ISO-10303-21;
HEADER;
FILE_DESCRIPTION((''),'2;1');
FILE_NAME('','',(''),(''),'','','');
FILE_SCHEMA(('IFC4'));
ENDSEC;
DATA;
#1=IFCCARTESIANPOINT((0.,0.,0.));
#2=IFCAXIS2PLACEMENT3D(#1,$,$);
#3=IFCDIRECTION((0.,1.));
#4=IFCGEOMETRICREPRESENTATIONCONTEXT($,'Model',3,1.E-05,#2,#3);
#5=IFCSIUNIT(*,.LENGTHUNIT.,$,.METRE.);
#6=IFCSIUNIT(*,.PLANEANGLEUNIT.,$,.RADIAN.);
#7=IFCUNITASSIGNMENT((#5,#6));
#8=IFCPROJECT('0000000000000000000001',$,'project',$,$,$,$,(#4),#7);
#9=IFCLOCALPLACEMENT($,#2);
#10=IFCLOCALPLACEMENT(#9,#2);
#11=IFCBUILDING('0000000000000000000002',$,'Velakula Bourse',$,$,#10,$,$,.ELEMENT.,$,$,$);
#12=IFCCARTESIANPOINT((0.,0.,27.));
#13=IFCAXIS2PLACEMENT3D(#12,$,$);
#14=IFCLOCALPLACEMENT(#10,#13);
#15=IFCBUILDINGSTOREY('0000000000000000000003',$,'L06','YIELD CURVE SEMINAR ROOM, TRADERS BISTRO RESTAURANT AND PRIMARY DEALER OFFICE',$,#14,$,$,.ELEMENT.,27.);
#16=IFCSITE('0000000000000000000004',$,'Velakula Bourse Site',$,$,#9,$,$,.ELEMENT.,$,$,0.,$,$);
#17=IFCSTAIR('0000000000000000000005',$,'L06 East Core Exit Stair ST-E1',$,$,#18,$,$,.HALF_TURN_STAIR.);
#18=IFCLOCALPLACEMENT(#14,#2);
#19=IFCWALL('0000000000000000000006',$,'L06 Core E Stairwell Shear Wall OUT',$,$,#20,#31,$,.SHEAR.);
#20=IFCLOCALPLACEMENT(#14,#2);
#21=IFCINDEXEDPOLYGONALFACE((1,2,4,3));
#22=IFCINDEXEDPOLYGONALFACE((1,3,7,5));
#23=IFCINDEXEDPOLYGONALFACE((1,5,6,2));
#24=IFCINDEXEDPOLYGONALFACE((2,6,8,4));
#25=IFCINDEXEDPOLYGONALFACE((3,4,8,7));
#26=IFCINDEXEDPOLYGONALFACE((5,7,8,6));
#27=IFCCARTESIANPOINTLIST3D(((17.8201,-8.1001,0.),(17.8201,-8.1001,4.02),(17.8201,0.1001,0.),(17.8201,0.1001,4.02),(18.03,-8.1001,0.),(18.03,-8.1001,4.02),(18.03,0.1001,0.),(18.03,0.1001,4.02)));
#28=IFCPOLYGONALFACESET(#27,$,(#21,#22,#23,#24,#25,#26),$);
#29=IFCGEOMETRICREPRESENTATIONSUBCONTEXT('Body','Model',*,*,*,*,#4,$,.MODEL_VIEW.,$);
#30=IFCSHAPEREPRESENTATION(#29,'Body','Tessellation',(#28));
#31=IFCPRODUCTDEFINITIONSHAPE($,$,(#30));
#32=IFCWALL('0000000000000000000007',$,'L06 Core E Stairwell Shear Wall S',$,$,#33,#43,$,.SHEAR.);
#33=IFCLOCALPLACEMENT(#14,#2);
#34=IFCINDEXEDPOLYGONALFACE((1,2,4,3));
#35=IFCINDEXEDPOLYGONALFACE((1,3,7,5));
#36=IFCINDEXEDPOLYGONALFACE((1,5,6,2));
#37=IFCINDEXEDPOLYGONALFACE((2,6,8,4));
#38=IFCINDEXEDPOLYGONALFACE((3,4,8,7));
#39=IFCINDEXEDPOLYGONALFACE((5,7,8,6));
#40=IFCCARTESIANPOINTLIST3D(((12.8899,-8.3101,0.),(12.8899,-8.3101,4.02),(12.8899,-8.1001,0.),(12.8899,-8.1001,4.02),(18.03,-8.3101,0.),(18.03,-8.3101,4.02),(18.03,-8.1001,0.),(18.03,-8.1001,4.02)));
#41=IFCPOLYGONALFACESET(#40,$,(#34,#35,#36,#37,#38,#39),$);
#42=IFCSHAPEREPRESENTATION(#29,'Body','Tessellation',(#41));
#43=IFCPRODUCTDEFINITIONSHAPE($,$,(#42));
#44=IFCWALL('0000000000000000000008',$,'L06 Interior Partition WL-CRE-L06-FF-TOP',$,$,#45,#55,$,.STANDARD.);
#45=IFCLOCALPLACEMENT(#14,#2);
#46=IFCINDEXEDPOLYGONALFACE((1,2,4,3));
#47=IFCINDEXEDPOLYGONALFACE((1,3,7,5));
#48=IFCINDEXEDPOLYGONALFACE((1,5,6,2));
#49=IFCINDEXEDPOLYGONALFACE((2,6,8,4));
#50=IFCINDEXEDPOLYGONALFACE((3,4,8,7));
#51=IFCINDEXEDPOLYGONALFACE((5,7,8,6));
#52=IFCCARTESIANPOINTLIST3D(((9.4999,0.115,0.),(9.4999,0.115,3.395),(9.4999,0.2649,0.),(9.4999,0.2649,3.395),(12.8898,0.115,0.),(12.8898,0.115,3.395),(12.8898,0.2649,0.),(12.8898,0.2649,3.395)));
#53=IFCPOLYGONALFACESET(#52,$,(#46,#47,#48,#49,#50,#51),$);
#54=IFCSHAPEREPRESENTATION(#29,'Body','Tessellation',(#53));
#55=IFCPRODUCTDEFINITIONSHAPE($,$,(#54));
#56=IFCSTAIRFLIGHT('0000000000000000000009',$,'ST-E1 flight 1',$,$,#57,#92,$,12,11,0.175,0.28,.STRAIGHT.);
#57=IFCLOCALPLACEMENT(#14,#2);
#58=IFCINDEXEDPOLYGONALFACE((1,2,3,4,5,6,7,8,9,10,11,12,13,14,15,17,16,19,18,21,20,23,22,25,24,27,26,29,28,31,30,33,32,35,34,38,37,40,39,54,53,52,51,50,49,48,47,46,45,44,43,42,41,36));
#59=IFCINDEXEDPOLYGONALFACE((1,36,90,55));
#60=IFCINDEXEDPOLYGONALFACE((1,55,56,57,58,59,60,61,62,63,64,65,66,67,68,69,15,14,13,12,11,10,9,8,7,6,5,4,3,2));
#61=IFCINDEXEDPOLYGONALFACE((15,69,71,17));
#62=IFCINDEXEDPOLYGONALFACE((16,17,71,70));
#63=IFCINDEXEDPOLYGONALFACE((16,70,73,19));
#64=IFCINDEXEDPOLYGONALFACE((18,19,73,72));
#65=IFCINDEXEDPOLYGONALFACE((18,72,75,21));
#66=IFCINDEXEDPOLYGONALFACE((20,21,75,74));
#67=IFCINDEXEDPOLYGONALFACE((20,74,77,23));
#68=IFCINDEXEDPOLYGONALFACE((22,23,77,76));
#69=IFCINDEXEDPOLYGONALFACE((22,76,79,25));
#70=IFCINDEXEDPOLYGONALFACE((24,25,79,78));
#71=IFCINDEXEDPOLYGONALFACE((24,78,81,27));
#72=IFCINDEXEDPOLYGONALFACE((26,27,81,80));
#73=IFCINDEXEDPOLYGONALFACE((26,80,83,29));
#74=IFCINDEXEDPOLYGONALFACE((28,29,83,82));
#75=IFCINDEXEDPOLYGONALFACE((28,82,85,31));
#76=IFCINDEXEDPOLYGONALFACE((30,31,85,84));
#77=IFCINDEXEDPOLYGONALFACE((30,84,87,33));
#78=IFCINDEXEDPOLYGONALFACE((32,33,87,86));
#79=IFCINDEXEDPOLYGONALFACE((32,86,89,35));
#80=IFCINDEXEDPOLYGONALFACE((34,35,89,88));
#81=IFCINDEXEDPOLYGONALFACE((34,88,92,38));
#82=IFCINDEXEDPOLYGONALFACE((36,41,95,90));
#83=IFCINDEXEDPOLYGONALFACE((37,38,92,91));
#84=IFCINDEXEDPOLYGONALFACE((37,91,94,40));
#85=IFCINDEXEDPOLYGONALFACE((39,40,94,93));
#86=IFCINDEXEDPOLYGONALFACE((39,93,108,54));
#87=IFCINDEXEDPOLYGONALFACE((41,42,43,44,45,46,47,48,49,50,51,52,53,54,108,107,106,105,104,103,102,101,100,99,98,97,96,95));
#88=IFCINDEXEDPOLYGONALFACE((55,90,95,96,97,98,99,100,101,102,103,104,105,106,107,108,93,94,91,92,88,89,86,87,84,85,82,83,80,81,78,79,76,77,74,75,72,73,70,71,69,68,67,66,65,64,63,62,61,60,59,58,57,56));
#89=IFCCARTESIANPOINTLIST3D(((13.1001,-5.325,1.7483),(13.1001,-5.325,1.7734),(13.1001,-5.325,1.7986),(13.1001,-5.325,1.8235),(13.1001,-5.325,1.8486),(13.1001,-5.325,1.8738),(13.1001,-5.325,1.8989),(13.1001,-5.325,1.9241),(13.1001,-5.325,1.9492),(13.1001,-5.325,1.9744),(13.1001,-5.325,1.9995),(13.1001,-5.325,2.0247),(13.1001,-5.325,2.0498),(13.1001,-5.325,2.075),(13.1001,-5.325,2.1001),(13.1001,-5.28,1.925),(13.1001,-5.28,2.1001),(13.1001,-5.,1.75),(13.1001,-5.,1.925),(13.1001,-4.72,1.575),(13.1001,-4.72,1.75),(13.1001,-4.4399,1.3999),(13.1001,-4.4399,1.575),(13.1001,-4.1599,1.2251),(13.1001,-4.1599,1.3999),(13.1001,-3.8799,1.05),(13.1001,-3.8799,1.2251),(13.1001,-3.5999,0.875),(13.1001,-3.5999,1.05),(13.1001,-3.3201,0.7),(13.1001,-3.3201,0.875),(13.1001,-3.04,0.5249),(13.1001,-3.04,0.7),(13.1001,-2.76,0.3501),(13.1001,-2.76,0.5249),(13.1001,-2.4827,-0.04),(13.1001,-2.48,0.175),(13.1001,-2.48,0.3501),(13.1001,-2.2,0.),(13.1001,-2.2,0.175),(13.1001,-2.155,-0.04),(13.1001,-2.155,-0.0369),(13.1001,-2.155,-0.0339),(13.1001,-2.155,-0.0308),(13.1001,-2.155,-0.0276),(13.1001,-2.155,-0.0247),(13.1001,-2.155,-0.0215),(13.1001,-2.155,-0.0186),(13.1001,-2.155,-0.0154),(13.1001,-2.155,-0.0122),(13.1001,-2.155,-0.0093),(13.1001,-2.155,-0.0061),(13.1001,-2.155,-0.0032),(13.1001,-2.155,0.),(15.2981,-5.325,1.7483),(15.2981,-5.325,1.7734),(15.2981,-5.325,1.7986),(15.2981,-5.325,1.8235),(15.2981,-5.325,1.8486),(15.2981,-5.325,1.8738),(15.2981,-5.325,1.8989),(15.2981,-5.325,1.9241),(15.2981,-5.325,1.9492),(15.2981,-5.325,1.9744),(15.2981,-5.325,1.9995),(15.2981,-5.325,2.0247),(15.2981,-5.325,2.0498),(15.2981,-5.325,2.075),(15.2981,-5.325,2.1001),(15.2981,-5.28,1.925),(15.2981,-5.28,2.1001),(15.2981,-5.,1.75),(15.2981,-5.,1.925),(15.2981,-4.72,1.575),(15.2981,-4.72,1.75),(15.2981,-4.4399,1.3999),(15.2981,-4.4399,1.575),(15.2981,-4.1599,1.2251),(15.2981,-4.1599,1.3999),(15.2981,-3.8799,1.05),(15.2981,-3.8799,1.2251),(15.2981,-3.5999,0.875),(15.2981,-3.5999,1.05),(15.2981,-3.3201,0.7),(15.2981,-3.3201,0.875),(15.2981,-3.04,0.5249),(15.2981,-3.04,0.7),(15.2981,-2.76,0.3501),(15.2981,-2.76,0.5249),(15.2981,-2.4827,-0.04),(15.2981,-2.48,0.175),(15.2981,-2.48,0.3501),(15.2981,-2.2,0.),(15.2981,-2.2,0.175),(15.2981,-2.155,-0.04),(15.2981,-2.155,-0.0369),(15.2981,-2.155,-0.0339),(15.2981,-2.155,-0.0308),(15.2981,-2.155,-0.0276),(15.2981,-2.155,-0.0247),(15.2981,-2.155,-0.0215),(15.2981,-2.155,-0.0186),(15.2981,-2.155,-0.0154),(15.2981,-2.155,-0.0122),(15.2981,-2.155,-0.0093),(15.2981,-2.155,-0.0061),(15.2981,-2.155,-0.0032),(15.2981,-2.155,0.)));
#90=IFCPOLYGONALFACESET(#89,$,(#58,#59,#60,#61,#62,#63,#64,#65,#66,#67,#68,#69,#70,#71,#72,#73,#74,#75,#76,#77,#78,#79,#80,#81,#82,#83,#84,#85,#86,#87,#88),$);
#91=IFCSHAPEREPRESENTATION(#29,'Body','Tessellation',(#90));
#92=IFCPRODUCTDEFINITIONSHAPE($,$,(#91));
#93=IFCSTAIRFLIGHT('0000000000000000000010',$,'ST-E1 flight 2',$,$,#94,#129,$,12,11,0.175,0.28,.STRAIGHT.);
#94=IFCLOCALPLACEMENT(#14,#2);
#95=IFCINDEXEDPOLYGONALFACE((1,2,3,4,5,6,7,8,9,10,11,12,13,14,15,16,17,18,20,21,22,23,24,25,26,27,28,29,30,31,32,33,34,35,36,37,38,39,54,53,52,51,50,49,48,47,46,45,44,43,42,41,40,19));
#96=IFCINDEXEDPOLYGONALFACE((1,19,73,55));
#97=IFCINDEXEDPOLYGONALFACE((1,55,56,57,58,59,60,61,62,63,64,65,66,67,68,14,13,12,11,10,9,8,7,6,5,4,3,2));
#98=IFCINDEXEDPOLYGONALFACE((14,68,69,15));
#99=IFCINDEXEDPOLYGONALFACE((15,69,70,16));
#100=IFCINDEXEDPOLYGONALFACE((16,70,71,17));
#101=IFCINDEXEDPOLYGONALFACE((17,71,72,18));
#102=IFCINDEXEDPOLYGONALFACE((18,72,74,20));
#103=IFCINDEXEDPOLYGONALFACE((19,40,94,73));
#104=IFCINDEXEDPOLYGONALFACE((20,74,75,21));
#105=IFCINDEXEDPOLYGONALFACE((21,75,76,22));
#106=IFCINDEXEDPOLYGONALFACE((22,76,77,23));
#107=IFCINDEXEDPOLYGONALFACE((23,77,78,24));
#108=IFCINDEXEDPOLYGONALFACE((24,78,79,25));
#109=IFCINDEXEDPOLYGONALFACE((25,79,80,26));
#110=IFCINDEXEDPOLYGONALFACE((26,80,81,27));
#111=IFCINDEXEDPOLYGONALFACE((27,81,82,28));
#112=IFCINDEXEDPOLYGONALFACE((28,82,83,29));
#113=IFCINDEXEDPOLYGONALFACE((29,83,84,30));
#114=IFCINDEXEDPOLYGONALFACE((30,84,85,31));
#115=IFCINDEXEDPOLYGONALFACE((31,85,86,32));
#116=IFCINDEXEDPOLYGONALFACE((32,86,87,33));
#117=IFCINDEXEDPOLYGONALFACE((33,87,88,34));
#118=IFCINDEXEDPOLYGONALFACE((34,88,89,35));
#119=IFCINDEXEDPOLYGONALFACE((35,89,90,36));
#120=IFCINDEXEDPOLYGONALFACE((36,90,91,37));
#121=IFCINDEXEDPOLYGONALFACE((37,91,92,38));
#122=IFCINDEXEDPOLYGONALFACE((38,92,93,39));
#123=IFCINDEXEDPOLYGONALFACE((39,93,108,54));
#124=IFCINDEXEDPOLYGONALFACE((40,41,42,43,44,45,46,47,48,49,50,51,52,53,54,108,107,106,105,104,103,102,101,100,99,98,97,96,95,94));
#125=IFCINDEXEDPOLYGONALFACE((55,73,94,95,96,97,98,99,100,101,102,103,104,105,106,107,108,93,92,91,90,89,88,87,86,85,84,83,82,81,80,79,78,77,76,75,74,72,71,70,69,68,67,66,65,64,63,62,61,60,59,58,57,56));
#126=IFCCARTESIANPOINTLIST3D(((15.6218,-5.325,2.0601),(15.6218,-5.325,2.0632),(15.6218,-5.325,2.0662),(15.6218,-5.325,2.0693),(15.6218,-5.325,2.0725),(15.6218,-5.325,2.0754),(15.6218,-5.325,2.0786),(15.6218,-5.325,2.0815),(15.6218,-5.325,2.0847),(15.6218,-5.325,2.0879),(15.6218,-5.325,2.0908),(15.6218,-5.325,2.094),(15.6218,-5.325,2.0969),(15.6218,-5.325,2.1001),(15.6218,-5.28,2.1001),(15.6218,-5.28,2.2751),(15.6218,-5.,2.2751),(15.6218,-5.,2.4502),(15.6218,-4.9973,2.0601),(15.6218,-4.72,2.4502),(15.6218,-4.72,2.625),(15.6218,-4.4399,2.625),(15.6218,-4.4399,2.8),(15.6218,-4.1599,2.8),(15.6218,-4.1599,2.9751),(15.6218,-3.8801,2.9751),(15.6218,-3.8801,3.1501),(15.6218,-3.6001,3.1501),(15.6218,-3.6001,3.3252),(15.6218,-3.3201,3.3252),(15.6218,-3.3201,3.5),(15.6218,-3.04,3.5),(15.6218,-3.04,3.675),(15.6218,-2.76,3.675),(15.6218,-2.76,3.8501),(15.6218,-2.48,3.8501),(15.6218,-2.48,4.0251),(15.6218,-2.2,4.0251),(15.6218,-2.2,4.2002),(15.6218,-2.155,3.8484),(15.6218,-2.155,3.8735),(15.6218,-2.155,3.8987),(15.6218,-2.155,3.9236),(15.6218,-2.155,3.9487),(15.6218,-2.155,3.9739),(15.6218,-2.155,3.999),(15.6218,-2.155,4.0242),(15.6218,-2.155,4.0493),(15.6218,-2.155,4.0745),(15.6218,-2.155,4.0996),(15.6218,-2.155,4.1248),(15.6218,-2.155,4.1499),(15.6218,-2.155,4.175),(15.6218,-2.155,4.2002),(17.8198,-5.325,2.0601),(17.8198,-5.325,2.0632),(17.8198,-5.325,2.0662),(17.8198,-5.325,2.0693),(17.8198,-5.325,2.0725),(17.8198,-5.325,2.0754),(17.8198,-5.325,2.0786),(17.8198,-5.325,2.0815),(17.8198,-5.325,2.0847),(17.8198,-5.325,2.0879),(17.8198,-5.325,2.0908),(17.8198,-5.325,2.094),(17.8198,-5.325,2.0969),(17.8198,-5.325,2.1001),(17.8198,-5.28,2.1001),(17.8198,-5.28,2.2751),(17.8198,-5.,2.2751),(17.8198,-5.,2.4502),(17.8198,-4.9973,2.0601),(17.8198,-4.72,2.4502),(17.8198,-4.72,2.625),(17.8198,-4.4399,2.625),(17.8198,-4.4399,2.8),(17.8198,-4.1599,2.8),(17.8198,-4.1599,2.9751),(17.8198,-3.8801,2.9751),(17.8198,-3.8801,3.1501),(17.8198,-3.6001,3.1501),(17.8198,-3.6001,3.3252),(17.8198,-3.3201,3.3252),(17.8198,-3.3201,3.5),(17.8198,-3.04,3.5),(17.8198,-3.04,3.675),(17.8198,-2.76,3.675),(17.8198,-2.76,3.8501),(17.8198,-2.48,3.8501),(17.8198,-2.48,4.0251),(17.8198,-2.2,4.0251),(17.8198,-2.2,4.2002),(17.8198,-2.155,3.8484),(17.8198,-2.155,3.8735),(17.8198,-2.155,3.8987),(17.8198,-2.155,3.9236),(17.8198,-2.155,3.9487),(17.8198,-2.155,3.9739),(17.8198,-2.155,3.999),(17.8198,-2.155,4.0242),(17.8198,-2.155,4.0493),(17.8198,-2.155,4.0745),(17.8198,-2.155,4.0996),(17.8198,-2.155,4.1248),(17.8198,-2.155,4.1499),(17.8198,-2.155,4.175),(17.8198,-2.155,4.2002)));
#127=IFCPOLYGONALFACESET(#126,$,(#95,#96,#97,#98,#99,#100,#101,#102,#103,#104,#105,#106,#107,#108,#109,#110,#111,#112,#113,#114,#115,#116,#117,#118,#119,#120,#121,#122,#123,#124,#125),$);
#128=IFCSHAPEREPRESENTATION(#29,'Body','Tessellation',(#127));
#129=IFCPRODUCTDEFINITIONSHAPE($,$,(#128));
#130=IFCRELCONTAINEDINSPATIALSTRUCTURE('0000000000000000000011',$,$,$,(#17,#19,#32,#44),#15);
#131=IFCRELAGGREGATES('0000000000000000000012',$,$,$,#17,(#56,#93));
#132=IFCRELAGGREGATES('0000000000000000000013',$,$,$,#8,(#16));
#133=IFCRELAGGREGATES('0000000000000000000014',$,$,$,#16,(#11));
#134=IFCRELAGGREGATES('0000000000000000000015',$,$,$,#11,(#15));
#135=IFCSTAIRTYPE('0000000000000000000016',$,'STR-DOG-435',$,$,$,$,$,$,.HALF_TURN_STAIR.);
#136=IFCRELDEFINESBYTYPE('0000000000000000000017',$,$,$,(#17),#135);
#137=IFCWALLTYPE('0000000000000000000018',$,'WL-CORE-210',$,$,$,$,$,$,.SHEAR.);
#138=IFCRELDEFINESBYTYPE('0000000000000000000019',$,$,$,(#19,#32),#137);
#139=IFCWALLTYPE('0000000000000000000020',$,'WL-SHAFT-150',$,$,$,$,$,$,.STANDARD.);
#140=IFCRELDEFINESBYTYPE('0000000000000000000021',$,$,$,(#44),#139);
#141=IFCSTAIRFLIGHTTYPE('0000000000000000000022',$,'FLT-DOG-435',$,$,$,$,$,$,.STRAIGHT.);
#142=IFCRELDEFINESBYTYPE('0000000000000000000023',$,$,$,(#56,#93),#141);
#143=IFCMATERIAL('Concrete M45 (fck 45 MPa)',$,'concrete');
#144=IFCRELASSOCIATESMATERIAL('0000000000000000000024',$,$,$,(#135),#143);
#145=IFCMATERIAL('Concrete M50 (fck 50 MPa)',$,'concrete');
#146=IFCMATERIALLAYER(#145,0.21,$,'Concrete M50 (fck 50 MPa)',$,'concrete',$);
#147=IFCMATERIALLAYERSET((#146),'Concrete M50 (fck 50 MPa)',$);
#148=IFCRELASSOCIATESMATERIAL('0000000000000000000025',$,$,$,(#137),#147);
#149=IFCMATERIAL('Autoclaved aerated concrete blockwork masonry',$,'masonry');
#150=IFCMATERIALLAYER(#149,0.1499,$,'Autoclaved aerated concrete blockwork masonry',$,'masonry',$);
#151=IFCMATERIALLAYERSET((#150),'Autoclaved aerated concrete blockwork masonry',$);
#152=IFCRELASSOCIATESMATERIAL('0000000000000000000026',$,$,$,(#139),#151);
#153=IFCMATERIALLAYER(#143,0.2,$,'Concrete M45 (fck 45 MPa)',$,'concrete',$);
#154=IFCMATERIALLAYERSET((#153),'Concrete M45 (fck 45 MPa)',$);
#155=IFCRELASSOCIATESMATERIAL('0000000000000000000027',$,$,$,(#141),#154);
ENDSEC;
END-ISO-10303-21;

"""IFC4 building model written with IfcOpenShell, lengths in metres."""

from ifc_helpers import new_model, si_unit, direction, frame, frame_2d, origin, place, context, subcontext, project, spatial, polyline, rectangle, outline, extrude, material, layer, layer_set, type_object, element, aggregate, save


model = new_model("IFC4")

# Units and contexts
model_context = context("Model", 3, precision=1e-05, world=origin(), true_north=direction((0.0, 1.0)))
body_context = subcontext(model_context, "Body", "Model", "MODEL_VIEW")
ifc_project = project(units=[si_unit("LENGTHUNIT", "METRE"), si_unit("PLANEANGLEUNIT", "RADIAN")], contexts=[model_context])

# Site, building, storey
site_placement = place(None, origin())
site = spatial("IfcSite", under=ifc_project, at=site_placement, Name="Velakula Bourse Site", CompositionType="ELEMENT", RefElevation=0.0)
building_placement = place(site_placement, origin())
building = spatial("IfcBuilding", under=site, at=building_placement, Name="Velakula Bourse", CompositionType="ELEMENT")
storey_placement = place(building_placement, frame((0.0, 0.0, 27.0)))
storey = spatial("IfcBuildingStorey", under=building, at=storey_placement, Name="L06", Description="YIELD CURVE SEMINAR ROOM, TRADERS BISTRO RESTAURANT AND PRIMARY DEALER OFFICE", CompositionType="ELEMENT", Elevation=27.0)

# Stair
ifc_material_1 = material(Name="Concrete M45 (fck 45 MPa)", Category="concrete")
stair_type = type_object("IfcStairType", Name="STR-DOG-435", PredefinedType="HALF_TURN_STAIR", material=ifc_material_1)
stair_1_placement = place(storey_placement, origin())
stair_1 = element("IfcStair", 1, at=stair_1_placement, inside=storey, type_object=stair_type, Name="L06 East Core Exit Stair ST-E1", PredefinedType="HALF_TURN_STAIR")

# Shared definitions
ifc_material_2 = material(Name="Concrete M50 (fck 50 MPa)", Category="concrete")

# Shared definitions
ifc_layer_1 = layer(ifc_material_2, 0.21, Name="Concrete M50 (fck 50 MPa)", Category="concrete")
ifc_layer_set_1 = layer_set([ifc_layer_1], Name="Concrete M50 (fck 50 MPa)")
wall_type_1 = type_object("IfcWallType", Name="WL-CORE-210", PredefinedType="SHEAR", material=ifc_layer_set_1)

# Walls
wall_1_placement = place(storey_placement, frame((17.925, -8.1001, 0.0), z_axis=(0.0, 0.0, 1.0), x_axis=(0.0, 1.0, 0.0)))
element("IfcWall", 2, at=wall_1_placement, inside=storey, type_object=wall_type_1, Name="L06 Core E Stairwell Shear Wall OUT", PredefinedType="SHEAR", context=body_context, shape_type="SweptSolid", body=[
    extrude(rectangle(XDim=8.2002, YDim=0.21, at=frame_2d((4.1001, 0.0))), origin(), (0.0, 0.0, 1.0), 4.02),
])
wall_2_placement = place(storey_placement, frame((12.8899, -8.2051, 0.0), z_axis=(0.0, 0.0, 1.0), x_axis=(1.0, 0.0, 0.0)))
element("IfcWall", 3, at=wall_2_placement, inside=storey, type_object=wall_type_1, Name="L06 Core E Stairwell Shear Wall S", PredefinedType="SHEAR", context=body_context, shape_type="SweptSolid", body=[
    extrude(rectangle(XDim=5.1401, YDim=0.21, at=frame_2d((2.5701, 0.0))), origin(), (0.0, 0.0, 1.0), 4.02),
])

# Shared definitions
ifc_material_3 = material(Name="Autoclaved aerated concrete blockwork masonry", Category="masonry")
ifc_layer_2 = layer(ifc_material_3, 0.1499, Name="Autoclaved aerated concrete blockwork masonry", Category="masonry")
ifc_layer_set_2 = layer_set([ifc_layer_2], Name="Autoclaved aerated concrete blockwork masonry")
wall_type_2 = type_object("IfcWallType", Name="WL-SHAFT-150", PredefinedType="STANDARD", material=ifc_layer_set_2)

# Wall
wall_3_placement = place(storey_placement, frame((9.5, 0.1899, 0.0), z_axis=(0.0, 0.0, 1.0), x_axis=(1.0, 0.0, 0.0)))
element("IfcWall", 4, at=wall_3_placement, inside=storey, type_object=wall_type_2, Name="L06 Interior Partition WL-CRE-L06-FF-TOP", PredefinedType="STANDARD", context=body_context, shape_type="SweptSolid", body=[
    extrude(rectangle(XDim=3.3899, YDim=0.1499, at=frame_2d((1.6948, 0.0))), origin(), (0.0, 0.0, 1.0), 3.395),
])

# Stair flights
ifc_layer_3 = layer(ifc_material_1, 0.2, Name="Concrete M45 (fck 45 MPa)", Category="concrete")
ifc_layer_set_3 = layer_set([ifc_layer_3], Name="Concrete M45 (fck 45 MPa)")
stair_flight_type = type_object("IfcStairFlightType", Name="FLT-DOG-435", PredefinedType="STRAIGHT", material=ifc_layer_set_3)
stair_flight_1_placement = place(storey_placement, frame((14.199, -2.2, 0.0), z_axis=(0.0, 0.0, 1.0), x_axis=(0.0, -1.0, 0.0)))
stair_flight_1 = element("IfcStairFlight", 5, at=stair_flight_1_placement, type_object=stair_flight_type, Name="ST-E1 flight 1", NumberOfRisers=12, NumberOfTreads=11, PredefinedType="STRAIGHT", RiserHeight=0.175, TreadLength=0.28, context=body_context, shape_type="SweptSolid", body=[
    extrude(outline(polyline([(-0.0449, -0.04), (-0.0449, -0.0369), (-0.0449, -0.0339), (-0.0449, -0.0308), (-0.0449, -0.0276), (-0.0449, -0.0247), (-0.0449, -0.0215), (-0.0449, -0.0186), (-0.0449, -0.0154), (-0.0449, -0.0122), (-0.0449, -0.0093), (-0.0449, -0.0061), (-0.0449, -0.0032), (-0.0449, 0.0), (0.0, 0.0), (0.0, 0.175), (0.28, 0.175), (0.28, 0.3501), (0.5601, 0.3501), (0.5601, 0.5249), (0.8401, 0.5249), (0.8401, 0.7), (1.1201, 0.7), (1.1201, 0.875), (1.3999, 0.875), (1.3999, 1.05), (1.6799, 1.05), (1.6799, 1.2251), (1.96, 1.2251), (1.96, 1.3999), (2.24, 1.3999), (2.24, 1.575), (2.52, 1.575), (2.52, 1.75), (2.8, 1.75), (2.8, 1.925), (3.0801, 1.925), (3.0801, 2.1001), (3.125, 2.1001), (3.125, 2.075), (3.125, 2.0498), (3.125, 2.0247), (3.125, 1.9995), (3.125, 1.9744), (3.125, 1.9492), (3.125, 1.9241), (3.125, 1.8989), (3.125, 1.8738), (3.125, 1.8486), (3.125, 1.8235), (3.125, 1.7986), (3.125, 1.7734), (3.125, 1.7483), (0.2827, -0.04), (-0.0449, -0.04)])), frame((0.0, 1.0991, 0.0), z_axis=(0.0, -1.0, 0.0), x_axis=(1.0, 0.0, 0.0)), (0.0, 0.0, 1.0), 2.198),
])
stair_flight_2_placement = place(storey_placement, frame((16.7209, -5.28, 2.1001), z_axis=(0.0, 0.0, 1.0), x_axis=(0.0, 1.0, 0.0)))
stair_flight_2 = element("IfcStairFlight", 6, at=stair_flight_2_placement, type_object=stair_flight_type, Name="ST-E1 flight 2", NumberOfRisers=12, NumberOfTreads=11, PredefinedType="STRAIGHT", RiserHeight=0.175, TreadLength=0.28, context=body_context, shape_type="SweptSolid", body=[
    extrude(outline(polyline([(-0.0449, -0.04), (-0.0449, -0.0369), (-0.0449, -0.0339), (-0.0449, -0.0308), (-0.0449, -0.0276), (-0.0449, -0.0247), (-0.0449, -0.0215), (-0.0449, -0.0186), (-0.0449, -0.0154), (-0.0449, -0.0122), (-0.0449, -0.0093), (-0.0449, -0.0061), (-0.0449, -0.0032), (-0.0449, 0.0), (0.0, 0.0), (0.0, 0.175), (0.28, 0.175), (0.28, 0.3501), (0.5601, 0.3501), (0.5601, 0.5249), (0.8401, 0.5249), (0.8401, 0.7), (1.1201, 0.7), (1.1201, 0.875), (1.3999, 0.875), (1.3999, 1.05), (1.6799, 1.05), (1.6799, 1.2251), (1.96, 1.2251), (1.96, 1.3999), (2.24, 1.3999), (2.24, 1.575), (2.52, 1.575), (2.52, 1.75), (2.8, 1.75), (2.8, 1.925), (3.0801, 1.925), (3.0801, 2.1001), (3.125, 2.1001), (3.125, 2.075), (3.125, 2.0498), (3.125, 2.0247), (3.125, 1.9995), (3.125, 1.9744), (3.125, 1.9492), (3.125, 1.9241), (3.125, 1.8989), (3.125, 1.8738), (3.125, 1.8486), (3.125, 1.8235), (3.125, 1.7986), (3.125, 1.7734), (3.125, 1.7483), (0.2827, -0.04), (-0.0449, -0.04)])), frame((0.0, 1.0991, 0.0), z_axis=(0.0, -1.0, 0.0), x_axis=(1.0, 0.0, 0.0)), (0.0, 0.0, 1.0), 2.198),
])
aggregate(stair_1, [stair_flight_1, stair_flight_2])

save(model, "model.ifc")
